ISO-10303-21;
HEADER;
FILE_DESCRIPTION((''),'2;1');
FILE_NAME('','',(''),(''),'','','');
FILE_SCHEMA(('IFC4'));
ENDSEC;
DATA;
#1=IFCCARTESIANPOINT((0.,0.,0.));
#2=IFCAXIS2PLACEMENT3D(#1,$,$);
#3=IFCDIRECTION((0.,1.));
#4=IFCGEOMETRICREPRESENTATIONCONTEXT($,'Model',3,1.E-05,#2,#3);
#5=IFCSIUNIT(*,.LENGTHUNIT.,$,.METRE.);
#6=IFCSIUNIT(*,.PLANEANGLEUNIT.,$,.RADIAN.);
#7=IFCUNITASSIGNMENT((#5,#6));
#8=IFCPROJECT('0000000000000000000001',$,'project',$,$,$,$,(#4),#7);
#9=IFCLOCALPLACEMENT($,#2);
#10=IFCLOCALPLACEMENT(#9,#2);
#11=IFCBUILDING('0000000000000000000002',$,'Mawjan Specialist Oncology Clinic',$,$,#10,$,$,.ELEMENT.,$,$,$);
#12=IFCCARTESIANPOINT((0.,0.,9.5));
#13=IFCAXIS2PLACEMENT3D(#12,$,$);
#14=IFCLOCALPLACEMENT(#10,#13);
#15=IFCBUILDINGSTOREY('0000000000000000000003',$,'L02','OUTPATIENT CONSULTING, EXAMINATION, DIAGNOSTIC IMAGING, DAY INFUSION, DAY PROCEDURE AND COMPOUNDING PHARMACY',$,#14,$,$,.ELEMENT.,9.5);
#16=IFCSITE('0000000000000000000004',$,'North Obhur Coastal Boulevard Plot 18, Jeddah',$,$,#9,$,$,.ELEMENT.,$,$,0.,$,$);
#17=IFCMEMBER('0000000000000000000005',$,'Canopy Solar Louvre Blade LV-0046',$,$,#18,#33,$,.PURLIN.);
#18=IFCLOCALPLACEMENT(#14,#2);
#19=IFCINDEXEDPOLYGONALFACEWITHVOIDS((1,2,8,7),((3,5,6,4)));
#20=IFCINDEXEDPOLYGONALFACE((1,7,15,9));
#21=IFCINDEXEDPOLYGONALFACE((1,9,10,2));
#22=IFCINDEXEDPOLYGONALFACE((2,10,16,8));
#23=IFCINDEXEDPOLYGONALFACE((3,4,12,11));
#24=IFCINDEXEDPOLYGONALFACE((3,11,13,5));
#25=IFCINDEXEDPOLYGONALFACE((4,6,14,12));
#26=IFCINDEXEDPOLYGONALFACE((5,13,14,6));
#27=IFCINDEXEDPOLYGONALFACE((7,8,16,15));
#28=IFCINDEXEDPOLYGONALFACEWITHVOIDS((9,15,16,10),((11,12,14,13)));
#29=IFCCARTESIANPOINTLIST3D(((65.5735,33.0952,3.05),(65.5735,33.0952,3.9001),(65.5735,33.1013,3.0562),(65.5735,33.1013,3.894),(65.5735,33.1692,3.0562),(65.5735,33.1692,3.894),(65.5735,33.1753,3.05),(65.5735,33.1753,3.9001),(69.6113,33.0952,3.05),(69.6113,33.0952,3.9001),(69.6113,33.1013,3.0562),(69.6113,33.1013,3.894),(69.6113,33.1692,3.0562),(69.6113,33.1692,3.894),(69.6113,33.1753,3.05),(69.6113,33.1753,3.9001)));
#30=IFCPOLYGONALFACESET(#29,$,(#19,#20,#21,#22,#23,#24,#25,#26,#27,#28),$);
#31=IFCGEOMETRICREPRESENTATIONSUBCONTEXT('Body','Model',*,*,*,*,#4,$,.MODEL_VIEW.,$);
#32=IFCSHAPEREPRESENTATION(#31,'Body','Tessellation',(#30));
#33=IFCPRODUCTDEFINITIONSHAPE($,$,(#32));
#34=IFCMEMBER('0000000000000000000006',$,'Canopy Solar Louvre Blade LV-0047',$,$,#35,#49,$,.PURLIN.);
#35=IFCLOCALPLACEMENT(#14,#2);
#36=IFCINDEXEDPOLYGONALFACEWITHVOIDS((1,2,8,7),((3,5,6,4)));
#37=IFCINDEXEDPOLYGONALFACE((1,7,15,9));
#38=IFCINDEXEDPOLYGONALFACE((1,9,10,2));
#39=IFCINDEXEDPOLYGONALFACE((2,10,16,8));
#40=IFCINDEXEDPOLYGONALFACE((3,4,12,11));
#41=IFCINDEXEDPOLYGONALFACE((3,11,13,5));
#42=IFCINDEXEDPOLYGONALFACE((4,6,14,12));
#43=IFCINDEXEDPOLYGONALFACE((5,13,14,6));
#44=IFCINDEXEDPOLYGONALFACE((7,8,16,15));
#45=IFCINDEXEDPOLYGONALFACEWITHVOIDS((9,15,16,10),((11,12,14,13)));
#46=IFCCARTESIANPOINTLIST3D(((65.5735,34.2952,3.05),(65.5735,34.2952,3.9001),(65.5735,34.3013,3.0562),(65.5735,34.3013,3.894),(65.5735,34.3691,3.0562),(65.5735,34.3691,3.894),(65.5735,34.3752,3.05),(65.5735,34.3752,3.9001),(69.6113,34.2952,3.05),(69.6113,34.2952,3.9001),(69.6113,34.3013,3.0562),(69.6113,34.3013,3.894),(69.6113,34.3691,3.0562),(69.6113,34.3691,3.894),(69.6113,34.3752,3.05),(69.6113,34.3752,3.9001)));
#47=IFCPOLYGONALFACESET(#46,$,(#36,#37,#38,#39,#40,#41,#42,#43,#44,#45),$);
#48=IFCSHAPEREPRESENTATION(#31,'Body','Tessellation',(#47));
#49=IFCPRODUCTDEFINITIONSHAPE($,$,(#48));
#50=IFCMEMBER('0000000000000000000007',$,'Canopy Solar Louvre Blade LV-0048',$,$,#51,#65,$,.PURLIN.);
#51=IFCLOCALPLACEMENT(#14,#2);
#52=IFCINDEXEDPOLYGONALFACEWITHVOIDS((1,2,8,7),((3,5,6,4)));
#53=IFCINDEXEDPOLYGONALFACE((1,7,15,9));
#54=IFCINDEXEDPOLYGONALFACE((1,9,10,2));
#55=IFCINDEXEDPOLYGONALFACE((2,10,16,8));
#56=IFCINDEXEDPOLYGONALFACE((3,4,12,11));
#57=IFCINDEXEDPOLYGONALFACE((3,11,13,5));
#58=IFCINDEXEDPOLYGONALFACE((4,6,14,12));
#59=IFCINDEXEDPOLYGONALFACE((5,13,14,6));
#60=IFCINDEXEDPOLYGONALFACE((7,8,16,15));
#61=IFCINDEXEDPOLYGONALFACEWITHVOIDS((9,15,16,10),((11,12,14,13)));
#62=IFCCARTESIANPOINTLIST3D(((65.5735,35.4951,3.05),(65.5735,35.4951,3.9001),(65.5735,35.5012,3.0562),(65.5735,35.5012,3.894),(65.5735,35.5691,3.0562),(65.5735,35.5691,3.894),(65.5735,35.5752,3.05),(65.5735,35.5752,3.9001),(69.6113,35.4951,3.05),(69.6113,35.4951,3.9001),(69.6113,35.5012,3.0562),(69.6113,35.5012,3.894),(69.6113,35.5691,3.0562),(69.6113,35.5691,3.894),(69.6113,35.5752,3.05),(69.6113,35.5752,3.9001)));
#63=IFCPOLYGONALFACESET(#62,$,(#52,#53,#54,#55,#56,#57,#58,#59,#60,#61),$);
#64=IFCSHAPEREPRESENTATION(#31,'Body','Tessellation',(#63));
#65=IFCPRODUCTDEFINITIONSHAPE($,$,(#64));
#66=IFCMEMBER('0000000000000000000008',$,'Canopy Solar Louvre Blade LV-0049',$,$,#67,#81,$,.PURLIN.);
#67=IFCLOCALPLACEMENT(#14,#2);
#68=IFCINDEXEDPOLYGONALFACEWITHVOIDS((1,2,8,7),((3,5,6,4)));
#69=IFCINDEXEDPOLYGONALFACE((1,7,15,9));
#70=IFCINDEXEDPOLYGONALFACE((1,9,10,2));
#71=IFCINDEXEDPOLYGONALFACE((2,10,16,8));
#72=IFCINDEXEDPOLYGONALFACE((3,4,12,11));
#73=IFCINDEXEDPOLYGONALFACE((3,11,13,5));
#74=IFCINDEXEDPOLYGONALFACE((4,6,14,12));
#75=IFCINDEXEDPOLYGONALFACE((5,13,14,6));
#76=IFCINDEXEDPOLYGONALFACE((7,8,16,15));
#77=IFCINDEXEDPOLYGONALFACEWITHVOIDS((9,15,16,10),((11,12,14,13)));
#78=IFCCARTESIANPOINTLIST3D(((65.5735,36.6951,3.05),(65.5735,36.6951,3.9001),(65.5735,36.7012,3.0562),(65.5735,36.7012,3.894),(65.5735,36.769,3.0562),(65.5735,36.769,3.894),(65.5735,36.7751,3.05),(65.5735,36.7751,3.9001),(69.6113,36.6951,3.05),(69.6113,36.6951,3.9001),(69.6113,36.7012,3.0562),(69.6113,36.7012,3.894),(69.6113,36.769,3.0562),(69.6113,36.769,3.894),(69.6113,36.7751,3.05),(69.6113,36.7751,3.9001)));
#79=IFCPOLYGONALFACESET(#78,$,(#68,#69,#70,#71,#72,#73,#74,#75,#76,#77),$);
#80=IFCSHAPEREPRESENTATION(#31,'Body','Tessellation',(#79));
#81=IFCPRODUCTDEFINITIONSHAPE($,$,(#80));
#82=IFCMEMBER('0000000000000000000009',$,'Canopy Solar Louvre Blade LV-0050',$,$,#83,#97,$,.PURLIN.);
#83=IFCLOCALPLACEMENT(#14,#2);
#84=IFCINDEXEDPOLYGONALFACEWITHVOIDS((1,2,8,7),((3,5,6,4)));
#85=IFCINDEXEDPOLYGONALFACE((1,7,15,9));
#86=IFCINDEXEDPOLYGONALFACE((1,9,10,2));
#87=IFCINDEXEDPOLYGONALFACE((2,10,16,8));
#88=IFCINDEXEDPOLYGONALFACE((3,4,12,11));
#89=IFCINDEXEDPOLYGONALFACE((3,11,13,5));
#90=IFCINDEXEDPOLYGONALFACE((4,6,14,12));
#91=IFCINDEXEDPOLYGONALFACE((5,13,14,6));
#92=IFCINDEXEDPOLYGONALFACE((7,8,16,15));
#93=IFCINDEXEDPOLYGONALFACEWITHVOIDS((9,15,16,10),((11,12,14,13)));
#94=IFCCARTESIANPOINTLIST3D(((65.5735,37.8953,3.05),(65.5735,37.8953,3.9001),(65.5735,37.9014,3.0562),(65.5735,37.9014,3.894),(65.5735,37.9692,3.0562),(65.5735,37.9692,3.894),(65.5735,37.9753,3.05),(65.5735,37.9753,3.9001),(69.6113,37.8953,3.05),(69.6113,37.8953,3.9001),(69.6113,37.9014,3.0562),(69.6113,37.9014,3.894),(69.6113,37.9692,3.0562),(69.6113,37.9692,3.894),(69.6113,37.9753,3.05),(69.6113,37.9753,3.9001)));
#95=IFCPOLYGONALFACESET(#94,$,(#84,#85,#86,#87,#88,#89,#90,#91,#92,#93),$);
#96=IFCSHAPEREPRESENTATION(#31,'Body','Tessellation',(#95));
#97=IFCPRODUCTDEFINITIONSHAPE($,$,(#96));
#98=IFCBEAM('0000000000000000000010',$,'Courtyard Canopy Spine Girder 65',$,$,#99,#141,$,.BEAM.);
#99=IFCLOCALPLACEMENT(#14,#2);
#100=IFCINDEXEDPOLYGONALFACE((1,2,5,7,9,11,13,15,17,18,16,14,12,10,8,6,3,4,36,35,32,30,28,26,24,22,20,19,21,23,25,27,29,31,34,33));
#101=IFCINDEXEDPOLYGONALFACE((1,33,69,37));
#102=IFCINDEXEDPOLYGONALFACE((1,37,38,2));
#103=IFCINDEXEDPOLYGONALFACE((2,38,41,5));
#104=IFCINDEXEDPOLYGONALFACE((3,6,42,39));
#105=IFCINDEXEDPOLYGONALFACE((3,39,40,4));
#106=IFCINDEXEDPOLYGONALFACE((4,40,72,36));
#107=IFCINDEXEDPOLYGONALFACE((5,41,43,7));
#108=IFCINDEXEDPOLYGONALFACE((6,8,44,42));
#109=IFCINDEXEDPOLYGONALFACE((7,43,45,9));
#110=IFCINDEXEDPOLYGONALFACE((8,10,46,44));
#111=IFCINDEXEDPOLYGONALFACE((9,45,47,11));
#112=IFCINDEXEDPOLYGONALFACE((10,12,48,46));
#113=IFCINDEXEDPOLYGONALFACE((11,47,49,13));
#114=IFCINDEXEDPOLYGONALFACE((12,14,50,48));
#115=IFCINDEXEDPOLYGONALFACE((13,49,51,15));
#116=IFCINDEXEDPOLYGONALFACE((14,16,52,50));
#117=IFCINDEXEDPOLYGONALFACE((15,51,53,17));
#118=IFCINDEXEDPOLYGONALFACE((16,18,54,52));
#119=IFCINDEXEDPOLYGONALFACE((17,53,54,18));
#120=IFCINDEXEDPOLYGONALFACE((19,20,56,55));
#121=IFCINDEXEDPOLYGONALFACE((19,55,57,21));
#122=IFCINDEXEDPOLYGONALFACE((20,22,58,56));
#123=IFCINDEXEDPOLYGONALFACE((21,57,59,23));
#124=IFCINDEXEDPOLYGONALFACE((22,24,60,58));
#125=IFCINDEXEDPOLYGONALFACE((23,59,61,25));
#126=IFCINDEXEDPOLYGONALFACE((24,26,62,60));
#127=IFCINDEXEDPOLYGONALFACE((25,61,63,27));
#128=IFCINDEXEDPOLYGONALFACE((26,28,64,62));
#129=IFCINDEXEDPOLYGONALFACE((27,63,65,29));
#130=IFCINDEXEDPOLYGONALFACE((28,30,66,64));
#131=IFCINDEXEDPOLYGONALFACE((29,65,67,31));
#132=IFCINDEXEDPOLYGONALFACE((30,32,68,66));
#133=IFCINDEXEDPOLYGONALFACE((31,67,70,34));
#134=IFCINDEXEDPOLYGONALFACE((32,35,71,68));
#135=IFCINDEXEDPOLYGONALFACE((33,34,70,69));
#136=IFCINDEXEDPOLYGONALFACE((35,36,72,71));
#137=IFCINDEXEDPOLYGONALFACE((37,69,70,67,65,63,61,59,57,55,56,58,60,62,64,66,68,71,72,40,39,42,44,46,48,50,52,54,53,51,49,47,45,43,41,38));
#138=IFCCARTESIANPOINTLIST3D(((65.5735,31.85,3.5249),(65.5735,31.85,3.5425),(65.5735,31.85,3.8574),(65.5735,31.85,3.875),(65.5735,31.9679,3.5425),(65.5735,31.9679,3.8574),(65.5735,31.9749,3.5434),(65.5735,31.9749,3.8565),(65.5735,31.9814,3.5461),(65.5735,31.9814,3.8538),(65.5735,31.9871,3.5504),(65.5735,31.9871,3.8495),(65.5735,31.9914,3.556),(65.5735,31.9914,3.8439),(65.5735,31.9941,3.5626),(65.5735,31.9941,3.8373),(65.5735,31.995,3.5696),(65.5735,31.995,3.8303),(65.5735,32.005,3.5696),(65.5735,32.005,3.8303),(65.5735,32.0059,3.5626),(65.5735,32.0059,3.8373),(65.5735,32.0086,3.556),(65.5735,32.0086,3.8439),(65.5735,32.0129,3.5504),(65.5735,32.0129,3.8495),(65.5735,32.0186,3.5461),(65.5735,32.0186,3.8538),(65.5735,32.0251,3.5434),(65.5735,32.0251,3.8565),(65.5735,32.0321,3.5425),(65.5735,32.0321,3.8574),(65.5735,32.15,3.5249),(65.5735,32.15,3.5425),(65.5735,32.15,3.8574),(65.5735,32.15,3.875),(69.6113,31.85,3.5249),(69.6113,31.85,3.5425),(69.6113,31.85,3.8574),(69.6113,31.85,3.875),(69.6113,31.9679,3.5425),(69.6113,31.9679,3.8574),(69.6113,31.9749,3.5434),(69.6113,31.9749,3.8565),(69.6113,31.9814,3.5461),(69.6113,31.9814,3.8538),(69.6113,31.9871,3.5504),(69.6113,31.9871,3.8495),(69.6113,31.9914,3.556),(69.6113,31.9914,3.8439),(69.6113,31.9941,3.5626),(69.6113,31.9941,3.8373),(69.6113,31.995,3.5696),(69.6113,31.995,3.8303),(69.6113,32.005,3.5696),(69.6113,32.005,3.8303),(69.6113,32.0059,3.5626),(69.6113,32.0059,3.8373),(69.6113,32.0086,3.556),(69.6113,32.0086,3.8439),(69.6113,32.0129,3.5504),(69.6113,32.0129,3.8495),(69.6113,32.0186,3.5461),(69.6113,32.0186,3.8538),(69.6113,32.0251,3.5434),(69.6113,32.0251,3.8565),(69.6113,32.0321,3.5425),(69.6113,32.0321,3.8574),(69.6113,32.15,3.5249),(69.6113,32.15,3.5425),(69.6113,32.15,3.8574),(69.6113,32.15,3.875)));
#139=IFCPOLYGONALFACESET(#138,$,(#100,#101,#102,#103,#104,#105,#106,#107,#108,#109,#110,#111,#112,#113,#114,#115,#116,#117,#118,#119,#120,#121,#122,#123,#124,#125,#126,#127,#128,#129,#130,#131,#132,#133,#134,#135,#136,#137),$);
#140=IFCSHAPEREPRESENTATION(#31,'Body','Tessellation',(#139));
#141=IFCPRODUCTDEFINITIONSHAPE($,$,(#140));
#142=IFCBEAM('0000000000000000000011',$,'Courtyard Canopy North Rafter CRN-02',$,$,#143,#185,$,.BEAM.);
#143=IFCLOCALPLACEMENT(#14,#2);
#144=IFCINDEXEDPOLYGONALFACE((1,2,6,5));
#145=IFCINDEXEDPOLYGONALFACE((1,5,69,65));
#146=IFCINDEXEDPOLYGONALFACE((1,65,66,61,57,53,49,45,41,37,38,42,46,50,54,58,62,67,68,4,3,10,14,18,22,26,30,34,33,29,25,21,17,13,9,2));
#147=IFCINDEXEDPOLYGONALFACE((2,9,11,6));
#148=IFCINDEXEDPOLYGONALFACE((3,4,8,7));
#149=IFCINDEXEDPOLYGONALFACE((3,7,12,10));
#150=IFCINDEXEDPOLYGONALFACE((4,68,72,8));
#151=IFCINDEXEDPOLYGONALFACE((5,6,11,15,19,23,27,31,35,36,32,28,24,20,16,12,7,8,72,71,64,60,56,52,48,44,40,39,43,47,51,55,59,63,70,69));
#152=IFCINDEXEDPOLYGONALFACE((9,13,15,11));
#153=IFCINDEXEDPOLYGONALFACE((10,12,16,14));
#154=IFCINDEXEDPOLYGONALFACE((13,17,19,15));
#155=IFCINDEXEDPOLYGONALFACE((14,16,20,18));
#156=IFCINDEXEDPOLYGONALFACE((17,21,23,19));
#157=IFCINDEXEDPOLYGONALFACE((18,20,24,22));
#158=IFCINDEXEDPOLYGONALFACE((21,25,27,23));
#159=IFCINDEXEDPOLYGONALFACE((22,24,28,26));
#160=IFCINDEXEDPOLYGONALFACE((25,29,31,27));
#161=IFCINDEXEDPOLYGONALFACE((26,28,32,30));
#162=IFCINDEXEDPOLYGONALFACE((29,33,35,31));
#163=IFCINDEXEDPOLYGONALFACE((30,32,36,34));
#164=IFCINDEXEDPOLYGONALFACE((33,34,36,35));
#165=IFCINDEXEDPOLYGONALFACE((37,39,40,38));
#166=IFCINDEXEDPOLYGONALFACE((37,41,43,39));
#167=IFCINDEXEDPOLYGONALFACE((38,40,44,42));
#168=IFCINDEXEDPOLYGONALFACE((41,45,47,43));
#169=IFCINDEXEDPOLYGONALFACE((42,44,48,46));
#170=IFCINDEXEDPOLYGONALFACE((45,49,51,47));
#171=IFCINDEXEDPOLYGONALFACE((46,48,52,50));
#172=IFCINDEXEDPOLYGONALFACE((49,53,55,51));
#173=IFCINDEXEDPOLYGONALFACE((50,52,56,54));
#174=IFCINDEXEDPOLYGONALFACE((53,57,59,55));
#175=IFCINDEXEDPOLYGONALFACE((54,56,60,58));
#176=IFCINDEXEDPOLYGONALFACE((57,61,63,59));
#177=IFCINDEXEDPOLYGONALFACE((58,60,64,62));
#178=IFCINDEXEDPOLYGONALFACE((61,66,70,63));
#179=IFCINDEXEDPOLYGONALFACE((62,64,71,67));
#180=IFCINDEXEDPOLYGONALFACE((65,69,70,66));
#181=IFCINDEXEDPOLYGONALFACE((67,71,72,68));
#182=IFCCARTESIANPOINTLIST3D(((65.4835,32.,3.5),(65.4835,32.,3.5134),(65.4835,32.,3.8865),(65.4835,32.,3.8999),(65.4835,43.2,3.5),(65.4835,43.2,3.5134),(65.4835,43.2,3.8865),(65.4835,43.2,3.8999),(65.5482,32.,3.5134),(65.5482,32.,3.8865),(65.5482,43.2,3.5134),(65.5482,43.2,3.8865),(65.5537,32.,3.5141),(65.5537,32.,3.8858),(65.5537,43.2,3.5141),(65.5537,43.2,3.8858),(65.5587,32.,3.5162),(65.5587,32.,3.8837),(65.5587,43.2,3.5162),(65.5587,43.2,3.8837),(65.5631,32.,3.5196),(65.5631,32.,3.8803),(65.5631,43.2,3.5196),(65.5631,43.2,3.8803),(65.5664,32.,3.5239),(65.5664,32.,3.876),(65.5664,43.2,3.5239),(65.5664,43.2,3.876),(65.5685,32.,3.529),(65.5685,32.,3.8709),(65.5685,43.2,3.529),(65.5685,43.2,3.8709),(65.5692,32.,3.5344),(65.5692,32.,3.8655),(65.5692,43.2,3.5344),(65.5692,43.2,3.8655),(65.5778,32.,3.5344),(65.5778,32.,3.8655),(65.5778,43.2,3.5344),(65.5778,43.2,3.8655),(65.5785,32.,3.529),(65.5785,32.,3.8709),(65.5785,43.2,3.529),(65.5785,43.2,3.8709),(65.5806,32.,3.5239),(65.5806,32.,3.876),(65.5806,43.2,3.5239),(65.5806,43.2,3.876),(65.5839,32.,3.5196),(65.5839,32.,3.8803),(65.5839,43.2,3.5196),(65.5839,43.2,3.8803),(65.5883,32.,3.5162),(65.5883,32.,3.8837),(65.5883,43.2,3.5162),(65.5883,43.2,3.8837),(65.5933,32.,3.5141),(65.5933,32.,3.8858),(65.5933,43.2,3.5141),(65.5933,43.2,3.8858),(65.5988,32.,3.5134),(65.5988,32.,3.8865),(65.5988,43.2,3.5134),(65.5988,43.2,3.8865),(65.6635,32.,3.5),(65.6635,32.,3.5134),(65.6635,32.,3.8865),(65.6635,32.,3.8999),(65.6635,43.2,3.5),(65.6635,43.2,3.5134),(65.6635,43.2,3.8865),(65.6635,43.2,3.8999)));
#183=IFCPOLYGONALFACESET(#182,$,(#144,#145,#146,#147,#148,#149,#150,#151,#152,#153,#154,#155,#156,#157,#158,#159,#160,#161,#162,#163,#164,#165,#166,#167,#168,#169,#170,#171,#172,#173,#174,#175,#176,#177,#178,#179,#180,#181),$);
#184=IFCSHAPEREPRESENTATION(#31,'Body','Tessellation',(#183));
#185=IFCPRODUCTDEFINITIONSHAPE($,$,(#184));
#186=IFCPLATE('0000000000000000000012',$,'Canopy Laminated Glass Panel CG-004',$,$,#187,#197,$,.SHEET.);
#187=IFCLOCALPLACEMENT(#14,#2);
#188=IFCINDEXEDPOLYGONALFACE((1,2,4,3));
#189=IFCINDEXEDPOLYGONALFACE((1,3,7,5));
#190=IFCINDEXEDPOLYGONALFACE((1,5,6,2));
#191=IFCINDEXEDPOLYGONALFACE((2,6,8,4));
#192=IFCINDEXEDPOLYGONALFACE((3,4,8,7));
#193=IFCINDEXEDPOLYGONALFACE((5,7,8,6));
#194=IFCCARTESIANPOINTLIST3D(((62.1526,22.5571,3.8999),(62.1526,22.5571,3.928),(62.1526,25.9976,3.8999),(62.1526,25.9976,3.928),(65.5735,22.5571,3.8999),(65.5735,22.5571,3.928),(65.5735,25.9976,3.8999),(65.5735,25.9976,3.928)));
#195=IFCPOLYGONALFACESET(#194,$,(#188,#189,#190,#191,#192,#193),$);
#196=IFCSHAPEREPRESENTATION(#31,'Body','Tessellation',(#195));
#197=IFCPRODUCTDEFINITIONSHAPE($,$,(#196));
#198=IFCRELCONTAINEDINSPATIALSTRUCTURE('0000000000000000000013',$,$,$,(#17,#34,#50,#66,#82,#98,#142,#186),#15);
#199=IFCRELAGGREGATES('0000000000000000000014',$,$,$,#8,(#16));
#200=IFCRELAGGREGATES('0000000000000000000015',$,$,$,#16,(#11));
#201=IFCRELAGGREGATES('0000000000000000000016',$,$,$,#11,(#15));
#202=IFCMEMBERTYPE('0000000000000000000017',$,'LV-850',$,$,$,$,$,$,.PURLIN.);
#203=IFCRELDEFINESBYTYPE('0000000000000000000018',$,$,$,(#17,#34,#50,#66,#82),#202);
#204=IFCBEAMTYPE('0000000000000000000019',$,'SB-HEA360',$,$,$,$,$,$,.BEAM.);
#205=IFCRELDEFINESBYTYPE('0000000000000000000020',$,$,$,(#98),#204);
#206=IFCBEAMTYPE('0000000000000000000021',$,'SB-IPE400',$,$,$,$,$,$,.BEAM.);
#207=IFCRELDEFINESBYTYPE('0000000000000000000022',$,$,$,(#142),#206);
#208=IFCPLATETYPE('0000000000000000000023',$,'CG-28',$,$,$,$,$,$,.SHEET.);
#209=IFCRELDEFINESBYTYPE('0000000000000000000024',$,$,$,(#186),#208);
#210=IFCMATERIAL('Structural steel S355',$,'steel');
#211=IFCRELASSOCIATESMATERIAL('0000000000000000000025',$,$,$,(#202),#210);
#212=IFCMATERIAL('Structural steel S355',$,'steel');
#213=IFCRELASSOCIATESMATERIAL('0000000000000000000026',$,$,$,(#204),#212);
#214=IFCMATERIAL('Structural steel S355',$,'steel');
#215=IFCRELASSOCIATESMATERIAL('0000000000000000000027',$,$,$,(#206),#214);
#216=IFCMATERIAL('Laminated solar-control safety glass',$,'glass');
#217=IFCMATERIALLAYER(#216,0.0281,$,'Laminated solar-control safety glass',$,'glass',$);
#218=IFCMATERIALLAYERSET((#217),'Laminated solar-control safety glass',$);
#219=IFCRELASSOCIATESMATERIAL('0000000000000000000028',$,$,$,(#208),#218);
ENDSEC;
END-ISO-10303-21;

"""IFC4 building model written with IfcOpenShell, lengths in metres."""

from ifc_helpers import new_model, si_unit, direction, frame, origin, origin_2d, place, context, subcontext, project, spatial, rectangle, hollow_rectangle, i_section, extrude, material, layer, layer_set, material_profile, profile_set, type_object, element, save


model = new_model("IFC4")

# Units and contexts
model_context = context("Model", 3, precision=1e-05, world=origin(), true_north=direction((0.0, 1.0)))
body_context = subcontext(model_context, "Body", "Model", "MODEL_VIEW")
ifc_project = project(units=[si_unit("LENGTHUNIT", "METRE"), si_unit("PLANEANGLEUNIT", "RADIAN")], contexts=[model_context])

# Site, building, storey
site_placement = place(None, origin())
site = spatial("IfcSite", under=ifc_project, at=site_placement, Name="North Obhur Coastal Boulevard Plot 18, Jeddah", CompositionType="ELEMENT", RefElevation=0.0)
building_placement = place(site_placement, origin())
building = spatial("IfcBuilding", under=site, at=building_placement, Name="Mawjan Specialist Oncology Clinic", CompositionType="ELEMENT")
storey_placement = place(building_placement, frame((0.0, 0.0, 9.5)))
storey = spatial("IfcBuildingStorey", under=building, at=storey_placement, Name="L02", Description="OUTPATIENT CONSULTING, EXAMINATION, DIAGNOSTIC IMAGING, DAY INFUSION, DAY PROCEDURE AND COMPOUNDING PHARMACY", CompositionType="ELEMENT", Elevation=9.5)

# Members
ifc_material_1 = material(Name="Structural steel S355", Category="steel")
ifc_material_profile_1 = material_profile(ifc_material_1, hollow_rectangle(XDim=0.0801, YDim=0.8501, WallThickness=0.0061, at=origin_2d()), Name="LOUVRE 850x80x6", Category="steel")
ifc_profile_set_1 = profile_set([ifc_material_profile_1], Name="Structural steel S355")
member_type = type_object("IfcMemberType", Name="LV-850", PredefinedType="PURLIN", material=ifc_profile_set_1)
for number, where, z_axis, x_axis, name in (
    (1, (65.5735, 33.1353, 3.4751), (1.0, 0.0, 0.0), (0.0, 1.0, 0.0), "Canopy Solar Louvre Blade LV-0046"),
    (2, (65.5735, 34.3352, 3.4751), (1.0, 0.0, 0.0), (0.0, 1.0, 0.0), "Canopy Solar Louvre Blade LV-0047"),
    (3, (65.5735, 35.5352, 3.4751), (1.0, 0.0, 0.0), (0.0, 1.0, 0.0), "Canopy Solar Louvre Blade LV-0048"),
    (4, (65.5735, 36.7351, 3.4751), (1.0, 0.0, 0.0), (0.0, 1.0, 0.0), "Canopy Solar Louvre Blade LV-0049"),
    (5, (65.5735, 37.9353, 3.4751), (1.0, 0.0, 0.0), (0.0, 1.0, 0.0), "Canopy Solar Louvre Blade LV-0050"),
):
    element("IfcMember", number, at=place(storey_placement, frame(where, z_axis=z_axis, x_axis=x_axis)), inside=storey, type_object=member_type, Name=name, PredefinedType="PURLIN", context=body_context, shape_type="SweptSolid", body=[
        extrude(hollow_rectangle(XDim=0.0801, YDim=0.8501, WallThickness=0.0061, at=origin_2d()), origin(), (0.0, 0.0, 1.0), 4.0378),
    ])

# Beams
ifc_material_2 = material(Name="Structural steel S355", Category="steel")
ifc_material_profile_2 = material_profile(ifc_material_2, i_section(OverallWidth=0.3, OverallDepth=0.3501, WebThickness=0.01, FlangeThickness=0.0176, FilletRadius=0.0271, at=origin_2d()), Name="HEA 360", Category="steel")
ifc_profile_set_2 = profile_set([ifc_material_profile_2], Name="Structural steel S355")
beam_type_1 = type_object("IfcBeamType", Name="SB-HEA360", PredefinedType="BEAM", material=ifc_profile_set_2)
beam_1_placement = place(storey_placement, frame((65.5735, 32.0, 3.7), z_axis=(1.0, 0.0, 0.0), x_axis=(0.0, 1.0, 0.0)))
element("IfcBeam", 6, at=beam_1_placement, inside=storey, type_object=beam_type_1, Name="Courtyard Canopy Spine Girder 65", PredefinedType="BEAM", context=body_context, shape_type="SweptSolid", body=[
    extrude(i_section(OverallWidth=0.3, OverallDepth=0.3501, WebThickness=0.01, FlangeThickness=0.0176, FilletRadius=0.0271, at=origin_2d()), origin(), (0.0, 0.0, 1.0), 4.0378),
])
ifc_material_3 = material(Name="Structural steel S355", Category="steel")
ifc_material_profile_3 = material_profile(ifc_material_3, i_section(OverallWidth=0.1799, OverallDepth=0.3999, WebThickness=0.0085, FlangeThickness=0.0134, FilletRadius=0.021, at=origin_2d()), Name="IPE 400", Category="steel")
ifc_profile_set_3 = profile_set([ifc_material_profile_3], Name="Structural steel S355")
beam_type_2 = type_object("IfcBeamType", Name="SB-IPE400", PredefinedType="BEAM", material=ifc_profile_set_3)
beam_2_placement = place(storey_placement, frame((65.5735, 32.0, 3.7), z_axis=(0.0, 1.0, 0.0), x_axis=(-1.0, 0.0, 0.0)))
element("IfcBeam", 7, at=beam_2_placement, inside=storey, type_object=beam_type_2, Name="Courtyard Canopy North Rafter CRN-02", PredefinedType="BEAM", context=body_context, shape_type="SweptSolid", body=[
    extrude(i_section(OverallWidth=0.1799, OverallDepth=0.3999, WebThickness=0.0085, FlangeThickness=0.0134, FilletRadius=0.021, at=origin_2d()), origin(), (0.0, 0.0, 1.0), 11.2),
])

# Plate
ifc_material_4 = material(Name="Laminated solar-control safety glass", Category="glass")
ifc_layer = layer(ifc_material_4, 0.0281, Name="Laminated solar-control safety glass", Category="glass")
ifc_layer_set = layer_set([ifc_layer], Name="Laminated solar-control safety glass")
plate_type = type_object("IfcPlateType", Name="CG-28", PredefinedType="SHEET", material=ifc_layer_set)
for number, where, z_axis, x_axis, name in (
    (8, (63.863, 24.2773, 3.8999), (0.0, 0.0, 1.0), (1.0, 0.0, 0.0), "Canopy Laminated Glass Panel CG-004"),
):
    element("IfcPlate", number, at=place(storey_placement, frame(where, z_axis=z_axis, x_axis=x_axis)), inside=storey, type_object=plate_type, Name=name, PredefinedType="SHEET", context=body_context, shape_type="SweptSolid", body=[
        extrude(rectangle(XDim=3.4209, YDim=3.4404, at=origin_2d()), origin(), (0.0, 0.0, 1.0), 0.0281),
    ])

save(model, "model.ifc")
